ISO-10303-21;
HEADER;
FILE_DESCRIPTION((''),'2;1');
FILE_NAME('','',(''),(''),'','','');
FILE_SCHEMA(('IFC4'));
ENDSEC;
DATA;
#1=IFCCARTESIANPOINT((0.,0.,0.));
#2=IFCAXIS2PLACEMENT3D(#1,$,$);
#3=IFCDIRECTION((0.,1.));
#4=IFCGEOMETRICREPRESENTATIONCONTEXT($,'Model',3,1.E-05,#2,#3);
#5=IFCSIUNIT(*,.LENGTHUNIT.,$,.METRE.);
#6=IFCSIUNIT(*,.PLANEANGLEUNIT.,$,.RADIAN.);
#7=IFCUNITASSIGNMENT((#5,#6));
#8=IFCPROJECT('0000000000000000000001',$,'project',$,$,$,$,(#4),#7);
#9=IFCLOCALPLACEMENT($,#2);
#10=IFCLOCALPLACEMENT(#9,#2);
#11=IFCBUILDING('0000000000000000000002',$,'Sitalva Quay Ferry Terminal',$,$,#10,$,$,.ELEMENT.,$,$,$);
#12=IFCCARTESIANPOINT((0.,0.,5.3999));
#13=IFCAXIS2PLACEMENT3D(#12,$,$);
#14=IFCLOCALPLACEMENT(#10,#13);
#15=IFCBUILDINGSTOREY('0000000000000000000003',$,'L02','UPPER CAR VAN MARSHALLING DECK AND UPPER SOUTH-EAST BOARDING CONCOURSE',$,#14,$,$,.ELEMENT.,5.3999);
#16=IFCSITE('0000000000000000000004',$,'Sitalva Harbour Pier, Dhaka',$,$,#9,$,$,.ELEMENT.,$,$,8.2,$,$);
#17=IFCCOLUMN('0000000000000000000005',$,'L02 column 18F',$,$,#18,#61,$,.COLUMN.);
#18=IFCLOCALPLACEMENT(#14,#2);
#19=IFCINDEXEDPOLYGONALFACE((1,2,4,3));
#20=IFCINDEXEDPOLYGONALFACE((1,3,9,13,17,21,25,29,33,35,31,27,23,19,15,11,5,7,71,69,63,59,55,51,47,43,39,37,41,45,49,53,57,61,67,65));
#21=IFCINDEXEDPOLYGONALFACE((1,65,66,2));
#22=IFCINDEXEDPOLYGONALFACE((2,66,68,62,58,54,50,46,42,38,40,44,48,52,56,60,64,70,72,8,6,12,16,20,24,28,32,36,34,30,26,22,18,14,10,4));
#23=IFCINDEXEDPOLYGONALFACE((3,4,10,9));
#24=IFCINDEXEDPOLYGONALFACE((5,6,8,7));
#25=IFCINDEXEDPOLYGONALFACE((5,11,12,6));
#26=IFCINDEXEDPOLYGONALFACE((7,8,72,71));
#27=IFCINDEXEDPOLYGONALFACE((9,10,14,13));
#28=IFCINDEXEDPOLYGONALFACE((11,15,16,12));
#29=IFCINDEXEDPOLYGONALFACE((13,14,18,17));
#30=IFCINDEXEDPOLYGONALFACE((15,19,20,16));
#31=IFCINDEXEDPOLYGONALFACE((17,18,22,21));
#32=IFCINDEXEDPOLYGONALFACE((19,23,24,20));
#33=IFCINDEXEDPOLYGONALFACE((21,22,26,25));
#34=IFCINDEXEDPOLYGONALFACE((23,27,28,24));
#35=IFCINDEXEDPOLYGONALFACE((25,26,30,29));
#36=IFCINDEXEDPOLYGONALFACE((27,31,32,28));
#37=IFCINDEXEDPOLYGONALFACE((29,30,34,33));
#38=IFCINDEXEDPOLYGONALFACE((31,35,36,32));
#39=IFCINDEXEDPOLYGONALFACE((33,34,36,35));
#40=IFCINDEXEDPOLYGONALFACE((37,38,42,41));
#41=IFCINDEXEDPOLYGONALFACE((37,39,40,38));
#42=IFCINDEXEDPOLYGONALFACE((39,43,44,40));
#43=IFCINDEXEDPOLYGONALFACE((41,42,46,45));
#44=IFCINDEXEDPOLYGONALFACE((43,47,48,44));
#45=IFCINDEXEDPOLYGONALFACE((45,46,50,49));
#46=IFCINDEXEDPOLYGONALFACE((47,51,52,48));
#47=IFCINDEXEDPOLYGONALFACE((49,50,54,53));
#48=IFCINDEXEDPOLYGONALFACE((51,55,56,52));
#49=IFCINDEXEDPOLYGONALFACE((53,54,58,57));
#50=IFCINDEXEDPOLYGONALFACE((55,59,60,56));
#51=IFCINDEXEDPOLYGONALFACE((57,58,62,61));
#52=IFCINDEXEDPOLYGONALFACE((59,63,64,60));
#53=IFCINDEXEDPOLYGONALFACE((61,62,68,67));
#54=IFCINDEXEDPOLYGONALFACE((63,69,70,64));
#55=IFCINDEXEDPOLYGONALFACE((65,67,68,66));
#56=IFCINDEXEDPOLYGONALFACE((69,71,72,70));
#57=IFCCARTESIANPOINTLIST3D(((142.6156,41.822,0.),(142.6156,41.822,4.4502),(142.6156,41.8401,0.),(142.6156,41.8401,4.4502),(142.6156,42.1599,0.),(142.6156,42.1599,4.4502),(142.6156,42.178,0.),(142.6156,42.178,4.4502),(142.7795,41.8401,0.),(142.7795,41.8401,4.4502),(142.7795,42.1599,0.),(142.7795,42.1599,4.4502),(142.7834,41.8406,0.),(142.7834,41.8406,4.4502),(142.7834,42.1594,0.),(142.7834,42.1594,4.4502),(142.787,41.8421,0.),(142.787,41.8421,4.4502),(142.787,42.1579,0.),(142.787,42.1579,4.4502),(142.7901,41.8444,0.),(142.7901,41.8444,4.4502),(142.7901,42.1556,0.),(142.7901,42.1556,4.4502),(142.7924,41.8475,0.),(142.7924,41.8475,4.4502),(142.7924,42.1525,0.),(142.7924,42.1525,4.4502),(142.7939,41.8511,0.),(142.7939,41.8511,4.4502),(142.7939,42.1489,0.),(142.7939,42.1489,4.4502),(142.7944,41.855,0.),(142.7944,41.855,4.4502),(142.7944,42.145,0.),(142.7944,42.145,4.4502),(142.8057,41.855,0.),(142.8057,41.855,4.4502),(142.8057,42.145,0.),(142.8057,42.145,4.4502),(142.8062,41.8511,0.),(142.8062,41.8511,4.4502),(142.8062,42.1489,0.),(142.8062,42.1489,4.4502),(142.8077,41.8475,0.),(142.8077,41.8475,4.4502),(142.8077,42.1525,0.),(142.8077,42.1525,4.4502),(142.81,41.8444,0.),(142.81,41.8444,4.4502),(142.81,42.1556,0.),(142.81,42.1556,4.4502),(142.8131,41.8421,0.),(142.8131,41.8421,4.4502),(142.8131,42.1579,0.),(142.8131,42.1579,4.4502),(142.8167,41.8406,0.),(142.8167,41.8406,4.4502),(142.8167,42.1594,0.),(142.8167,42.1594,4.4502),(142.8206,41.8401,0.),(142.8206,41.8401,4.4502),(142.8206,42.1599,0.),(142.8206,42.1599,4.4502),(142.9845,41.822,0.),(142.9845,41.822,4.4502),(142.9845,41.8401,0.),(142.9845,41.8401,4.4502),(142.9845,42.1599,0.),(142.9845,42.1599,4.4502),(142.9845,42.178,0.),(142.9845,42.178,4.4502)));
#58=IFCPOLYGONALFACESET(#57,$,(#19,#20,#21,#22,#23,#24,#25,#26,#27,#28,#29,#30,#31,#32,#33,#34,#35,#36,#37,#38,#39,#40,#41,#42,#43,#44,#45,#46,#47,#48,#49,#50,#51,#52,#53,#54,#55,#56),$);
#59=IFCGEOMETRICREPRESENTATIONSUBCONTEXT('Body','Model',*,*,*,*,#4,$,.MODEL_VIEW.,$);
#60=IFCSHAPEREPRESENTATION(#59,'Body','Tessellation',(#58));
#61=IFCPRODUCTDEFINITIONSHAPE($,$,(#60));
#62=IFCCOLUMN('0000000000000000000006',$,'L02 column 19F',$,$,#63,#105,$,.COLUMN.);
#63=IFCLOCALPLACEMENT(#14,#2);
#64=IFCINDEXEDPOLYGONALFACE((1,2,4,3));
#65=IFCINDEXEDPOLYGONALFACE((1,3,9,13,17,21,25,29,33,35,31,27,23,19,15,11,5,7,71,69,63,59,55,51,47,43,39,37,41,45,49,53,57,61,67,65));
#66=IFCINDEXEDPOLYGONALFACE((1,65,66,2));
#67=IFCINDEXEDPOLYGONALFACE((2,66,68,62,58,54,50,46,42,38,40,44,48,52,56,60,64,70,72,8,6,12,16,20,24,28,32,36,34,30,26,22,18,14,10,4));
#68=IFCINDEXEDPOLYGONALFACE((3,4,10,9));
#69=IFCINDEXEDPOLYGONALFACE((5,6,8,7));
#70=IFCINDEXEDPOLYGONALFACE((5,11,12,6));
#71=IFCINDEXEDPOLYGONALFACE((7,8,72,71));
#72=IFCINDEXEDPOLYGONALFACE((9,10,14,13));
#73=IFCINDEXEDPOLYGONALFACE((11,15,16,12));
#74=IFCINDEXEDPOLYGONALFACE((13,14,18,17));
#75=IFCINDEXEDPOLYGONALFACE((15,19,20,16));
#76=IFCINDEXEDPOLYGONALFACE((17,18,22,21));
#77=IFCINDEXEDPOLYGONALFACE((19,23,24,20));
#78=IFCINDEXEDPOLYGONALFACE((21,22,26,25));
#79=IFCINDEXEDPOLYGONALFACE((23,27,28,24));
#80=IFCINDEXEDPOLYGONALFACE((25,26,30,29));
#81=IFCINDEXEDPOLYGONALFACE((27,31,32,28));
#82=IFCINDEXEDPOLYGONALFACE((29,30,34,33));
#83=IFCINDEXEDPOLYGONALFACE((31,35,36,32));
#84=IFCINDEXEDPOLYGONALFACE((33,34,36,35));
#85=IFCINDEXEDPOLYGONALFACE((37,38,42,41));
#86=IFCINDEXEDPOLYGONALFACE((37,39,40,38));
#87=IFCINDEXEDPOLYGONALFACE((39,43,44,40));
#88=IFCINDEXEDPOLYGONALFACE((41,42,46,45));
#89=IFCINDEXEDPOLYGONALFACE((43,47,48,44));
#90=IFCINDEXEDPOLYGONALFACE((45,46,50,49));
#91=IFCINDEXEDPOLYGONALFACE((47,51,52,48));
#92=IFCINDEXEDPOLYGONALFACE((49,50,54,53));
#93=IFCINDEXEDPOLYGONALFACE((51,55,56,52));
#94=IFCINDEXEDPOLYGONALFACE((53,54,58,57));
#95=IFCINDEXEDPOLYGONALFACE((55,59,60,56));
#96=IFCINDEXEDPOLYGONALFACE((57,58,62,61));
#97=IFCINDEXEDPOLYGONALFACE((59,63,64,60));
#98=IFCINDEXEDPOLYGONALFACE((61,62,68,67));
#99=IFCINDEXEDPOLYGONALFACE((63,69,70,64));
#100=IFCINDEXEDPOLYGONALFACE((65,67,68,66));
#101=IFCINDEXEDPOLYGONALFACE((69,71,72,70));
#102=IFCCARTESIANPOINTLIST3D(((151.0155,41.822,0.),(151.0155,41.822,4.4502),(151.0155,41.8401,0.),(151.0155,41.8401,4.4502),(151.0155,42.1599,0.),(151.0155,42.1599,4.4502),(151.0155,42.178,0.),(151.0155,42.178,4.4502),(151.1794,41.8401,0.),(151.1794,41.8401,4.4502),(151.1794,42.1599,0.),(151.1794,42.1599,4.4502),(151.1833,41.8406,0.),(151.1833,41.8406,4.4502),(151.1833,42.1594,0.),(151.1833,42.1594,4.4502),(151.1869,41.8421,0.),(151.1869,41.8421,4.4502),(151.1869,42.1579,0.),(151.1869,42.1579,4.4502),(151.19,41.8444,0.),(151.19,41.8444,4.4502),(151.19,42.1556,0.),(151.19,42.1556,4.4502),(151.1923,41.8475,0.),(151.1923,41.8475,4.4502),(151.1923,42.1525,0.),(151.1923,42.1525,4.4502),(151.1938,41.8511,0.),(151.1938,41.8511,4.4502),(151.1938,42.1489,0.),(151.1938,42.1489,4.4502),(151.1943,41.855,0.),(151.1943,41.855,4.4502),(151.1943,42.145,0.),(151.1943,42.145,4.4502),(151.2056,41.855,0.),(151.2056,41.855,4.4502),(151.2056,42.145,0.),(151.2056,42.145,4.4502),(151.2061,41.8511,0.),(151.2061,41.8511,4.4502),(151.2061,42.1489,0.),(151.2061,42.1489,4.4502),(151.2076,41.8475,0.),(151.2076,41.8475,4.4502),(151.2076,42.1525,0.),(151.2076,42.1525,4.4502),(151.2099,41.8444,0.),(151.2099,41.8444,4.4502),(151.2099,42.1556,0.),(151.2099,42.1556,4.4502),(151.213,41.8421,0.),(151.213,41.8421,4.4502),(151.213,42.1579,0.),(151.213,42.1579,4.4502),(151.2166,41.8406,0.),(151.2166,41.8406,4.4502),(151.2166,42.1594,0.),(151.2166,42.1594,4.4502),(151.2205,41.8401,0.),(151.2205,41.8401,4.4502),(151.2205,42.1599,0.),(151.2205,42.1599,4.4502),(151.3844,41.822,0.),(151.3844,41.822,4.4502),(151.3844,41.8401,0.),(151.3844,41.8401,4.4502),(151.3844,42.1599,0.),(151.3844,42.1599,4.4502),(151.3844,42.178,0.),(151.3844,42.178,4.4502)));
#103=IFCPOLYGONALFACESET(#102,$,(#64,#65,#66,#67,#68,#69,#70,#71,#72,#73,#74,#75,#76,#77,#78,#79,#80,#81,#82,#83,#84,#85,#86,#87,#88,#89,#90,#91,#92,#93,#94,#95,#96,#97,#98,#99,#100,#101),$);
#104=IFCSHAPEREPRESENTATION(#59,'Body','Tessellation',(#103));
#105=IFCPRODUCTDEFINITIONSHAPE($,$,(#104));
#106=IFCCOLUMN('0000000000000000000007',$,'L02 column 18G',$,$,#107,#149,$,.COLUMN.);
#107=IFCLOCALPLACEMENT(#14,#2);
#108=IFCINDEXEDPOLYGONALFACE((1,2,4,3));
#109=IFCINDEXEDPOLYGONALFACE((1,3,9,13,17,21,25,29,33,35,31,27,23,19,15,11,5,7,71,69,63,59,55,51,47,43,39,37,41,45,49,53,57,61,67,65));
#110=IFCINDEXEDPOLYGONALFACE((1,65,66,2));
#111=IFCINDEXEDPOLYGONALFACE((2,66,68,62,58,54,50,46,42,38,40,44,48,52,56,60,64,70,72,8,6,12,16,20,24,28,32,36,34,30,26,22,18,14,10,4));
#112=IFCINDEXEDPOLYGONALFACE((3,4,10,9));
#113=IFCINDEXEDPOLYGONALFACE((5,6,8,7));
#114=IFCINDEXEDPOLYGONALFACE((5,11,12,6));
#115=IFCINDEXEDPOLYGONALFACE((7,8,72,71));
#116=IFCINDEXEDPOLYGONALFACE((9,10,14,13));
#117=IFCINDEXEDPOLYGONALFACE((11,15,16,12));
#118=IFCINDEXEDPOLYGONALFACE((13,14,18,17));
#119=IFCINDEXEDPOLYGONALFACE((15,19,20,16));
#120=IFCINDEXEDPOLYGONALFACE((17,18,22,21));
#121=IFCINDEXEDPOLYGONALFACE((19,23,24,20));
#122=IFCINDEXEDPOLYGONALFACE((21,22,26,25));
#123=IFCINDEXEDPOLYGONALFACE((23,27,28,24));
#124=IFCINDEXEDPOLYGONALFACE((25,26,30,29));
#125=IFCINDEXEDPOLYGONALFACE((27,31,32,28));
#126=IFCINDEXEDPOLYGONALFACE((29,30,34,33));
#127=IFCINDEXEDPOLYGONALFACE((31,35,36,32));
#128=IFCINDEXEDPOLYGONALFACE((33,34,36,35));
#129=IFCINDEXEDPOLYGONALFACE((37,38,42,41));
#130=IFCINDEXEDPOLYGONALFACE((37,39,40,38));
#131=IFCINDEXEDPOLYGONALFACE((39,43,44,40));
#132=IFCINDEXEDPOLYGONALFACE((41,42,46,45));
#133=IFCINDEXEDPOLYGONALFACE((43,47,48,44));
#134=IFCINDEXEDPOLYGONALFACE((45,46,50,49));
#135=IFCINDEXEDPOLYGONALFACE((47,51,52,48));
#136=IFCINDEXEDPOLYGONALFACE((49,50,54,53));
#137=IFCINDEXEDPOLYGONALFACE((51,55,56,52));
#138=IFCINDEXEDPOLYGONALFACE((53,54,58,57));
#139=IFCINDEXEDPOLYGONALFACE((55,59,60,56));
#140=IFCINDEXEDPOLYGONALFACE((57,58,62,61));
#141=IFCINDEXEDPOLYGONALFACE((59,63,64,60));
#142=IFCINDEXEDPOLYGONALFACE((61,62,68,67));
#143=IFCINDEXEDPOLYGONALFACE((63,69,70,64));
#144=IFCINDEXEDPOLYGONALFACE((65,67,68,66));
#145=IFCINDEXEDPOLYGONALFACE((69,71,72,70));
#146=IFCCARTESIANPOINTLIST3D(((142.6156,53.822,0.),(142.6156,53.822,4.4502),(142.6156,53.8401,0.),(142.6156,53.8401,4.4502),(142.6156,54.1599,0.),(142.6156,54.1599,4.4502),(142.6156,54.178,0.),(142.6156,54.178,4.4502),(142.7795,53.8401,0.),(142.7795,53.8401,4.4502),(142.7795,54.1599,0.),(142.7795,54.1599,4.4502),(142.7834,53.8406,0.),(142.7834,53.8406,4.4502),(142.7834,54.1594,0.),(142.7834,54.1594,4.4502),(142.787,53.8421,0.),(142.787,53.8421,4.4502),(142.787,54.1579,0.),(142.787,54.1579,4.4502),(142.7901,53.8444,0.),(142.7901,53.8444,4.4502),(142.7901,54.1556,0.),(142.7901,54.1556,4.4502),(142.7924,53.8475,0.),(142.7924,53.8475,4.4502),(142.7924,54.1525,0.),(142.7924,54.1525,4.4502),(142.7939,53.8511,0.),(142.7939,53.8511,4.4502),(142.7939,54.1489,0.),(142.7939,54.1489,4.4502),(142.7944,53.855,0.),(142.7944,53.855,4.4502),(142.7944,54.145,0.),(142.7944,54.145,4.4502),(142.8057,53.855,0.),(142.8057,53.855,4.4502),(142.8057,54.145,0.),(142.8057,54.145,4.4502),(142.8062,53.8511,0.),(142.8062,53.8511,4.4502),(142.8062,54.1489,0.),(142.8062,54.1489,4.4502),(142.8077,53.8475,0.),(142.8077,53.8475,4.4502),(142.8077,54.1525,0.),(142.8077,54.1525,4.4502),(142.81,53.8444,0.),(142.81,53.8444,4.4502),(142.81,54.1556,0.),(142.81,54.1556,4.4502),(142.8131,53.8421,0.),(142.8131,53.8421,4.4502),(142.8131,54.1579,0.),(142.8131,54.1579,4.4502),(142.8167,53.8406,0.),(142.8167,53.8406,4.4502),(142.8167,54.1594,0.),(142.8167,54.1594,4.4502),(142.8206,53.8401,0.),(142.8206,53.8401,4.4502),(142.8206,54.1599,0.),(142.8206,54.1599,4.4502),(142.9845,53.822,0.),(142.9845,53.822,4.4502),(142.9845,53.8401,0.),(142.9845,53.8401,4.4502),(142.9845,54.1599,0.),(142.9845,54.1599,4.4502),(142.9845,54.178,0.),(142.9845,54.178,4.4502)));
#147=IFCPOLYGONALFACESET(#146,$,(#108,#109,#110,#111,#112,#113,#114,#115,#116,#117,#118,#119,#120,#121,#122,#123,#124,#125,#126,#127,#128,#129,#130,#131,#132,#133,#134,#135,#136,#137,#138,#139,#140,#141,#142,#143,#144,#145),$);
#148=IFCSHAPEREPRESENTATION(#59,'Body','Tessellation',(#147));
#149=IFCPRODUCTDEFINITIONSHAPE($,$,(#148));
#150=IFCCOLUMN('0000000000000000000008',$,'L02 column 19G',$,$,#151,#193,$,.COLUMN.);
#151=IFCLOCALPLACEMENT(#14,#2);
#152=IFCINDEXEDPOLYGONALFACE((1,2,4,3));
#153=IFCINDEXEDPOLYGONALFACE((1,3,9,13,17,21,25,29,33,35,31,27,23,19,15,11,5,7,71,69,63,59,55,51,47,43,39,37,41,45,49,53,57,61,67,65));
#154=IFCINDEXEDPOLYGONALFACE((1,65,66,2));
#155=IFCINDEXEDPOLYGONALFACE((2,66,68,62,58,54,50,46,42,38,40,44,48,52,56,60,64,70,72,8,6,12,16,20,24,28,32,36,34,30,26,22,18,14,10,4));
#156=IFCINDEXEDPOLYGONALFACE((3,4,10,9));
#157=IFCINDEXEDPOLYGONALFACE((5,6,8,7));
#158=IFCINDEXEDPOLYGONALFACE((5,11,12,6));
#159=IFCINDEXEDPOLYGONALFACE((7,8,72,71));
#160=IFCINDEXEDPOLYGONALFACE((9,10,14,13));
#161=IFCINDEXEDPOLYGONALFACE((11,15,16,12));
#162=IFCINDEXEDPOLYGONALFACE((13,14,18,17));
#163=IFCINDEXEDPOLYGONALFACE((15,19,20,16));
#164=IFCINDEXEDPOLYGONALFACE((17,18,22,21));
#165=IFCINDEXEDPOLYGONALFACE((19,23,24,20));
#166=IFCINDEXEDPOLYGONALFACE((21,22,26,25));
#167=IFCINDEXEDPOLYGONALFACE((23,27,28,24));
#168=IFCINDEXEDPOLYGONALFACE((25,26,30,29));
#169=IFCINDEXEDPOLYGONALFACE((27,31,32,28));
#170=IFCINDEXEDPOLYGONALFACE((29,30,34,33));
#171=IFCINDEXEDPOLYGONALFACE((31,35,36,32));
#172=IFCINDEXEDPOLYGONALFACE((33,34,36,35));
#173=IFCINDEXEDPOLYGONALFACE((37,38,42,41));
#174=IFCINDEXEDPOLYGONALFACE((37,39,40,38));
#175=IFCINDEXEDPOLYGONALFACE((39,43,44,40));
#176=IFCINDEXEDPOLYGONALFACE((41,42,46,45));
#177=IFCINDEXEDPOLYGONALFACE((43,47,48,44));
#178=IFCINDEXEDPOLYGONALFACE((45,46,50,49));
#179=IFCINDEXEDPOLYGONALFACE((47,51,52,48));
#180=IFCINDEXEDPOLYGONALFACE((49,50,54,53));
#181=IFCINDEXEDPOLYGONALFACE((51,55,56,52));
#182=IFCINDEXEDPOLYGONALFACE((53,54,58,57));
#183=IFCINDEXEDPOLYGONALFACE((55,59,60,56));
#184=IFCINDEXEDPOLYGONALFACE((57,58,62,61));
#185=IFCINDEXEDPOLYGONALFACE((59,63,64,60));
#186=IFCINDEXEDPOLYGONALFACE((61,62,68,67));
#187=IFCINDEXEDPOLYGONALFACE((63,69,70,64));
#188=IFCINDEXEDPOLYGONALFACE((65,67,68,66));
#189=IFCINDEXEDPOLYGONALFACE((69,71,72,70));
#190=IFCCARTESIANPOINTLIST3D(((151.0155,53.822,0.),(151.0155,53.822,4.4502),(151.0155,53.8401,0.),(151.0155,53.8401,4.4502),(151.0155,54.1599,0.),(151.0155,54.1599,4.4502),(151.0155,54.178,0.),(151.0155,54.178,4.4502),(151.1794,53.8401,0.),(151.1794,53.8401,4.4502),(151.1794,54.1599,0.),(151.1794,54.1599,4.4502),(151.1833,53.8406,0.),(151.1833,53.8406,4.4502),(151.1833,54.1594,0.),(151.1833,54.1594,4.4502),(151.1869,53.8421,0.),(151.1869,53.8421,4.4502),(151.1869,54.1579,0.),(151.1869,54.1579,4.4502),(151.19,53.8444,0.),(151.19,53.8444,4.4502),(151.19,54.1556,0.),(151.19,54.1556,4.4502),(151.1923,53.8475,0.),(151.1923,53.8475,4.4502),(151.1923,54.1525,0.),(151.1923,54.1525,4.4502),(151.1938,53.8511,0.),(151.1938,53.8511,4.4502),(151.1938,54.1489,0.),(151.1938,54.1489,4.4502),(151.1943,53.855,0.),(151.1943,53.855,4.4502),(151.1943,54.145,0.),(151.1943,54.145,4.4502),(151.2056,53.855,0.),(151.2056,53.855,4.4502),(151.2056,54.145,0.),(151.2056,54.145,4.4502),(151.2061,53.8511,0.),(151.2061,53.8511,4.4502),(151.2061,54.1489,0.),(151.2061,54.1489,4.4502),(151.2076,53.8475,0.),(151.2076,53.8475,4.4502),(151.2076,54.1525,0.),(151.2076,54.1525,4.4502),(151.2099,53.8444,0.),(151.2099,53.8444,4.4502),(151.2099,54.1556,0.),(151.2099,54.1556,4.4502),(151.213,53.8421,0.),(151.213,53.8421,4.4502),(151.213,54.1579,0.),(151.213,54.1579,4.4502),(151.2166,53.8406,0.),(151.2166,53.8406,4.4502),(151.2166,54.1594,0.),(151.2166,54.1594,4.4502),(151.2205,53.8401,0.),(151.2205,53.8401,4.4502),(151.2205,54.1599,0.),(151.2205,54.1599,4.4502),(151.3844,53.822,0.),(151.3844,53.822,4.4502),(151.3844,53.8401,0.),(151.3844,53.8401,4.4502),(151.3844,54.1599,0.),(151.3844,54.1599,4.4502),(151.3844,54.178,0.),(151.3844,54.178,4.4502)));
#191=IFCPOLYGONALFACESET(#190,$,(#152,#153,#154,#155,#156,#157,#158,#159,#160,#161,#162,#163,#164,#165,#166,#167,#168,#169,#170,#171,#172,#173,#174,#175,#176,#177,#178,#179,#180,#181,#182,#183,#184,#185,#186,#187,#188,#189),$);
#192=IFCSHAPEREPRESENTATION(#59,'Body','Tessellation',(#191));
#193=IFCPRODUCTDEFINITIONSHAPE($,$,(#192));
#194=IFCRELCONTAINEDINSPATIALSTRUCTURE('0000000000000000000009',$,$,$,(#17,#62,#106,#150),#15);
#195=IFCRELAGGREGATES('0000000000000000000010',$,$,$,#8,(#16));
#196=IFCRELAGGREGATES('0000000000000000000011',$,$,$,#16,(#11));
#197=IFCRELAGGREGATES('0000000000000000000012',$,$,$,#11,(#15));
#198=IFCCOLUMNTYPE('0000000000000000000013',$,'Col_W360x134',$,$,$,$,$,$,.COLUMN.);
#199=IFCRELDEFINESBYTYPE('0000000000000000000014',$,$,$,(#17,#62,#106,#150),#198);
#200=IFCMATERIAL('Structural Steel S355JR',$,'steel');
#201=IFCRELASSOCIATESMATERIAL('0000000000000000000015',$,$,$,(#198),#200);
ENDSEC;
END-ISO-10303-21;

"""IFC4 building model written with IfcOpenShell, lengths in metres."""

from ifc_helpers import new_model, si_unit, direction, frame, origin, origin_2d, place, context, subcontext, project, spatial, i_section, extrude, material, material_profile, profile_set, type_object, element, save


model = new_model("IFC4")

# Units and contexts
model_context = context("Model", 3, precision=1e-05, world=origin(), true_north=direction((0.0, 1.0)))
body_context = subcontext(model_context, "Body", "Model", "MODEL_VIEW")
ifc_project = project(units=[si_unit("LENGTHUNIT", "METRE"), si_unit("PLANEANGLEUNIT", "RADIAN")], contexts=[model_context])

# Site, building, storey
site_placement = place(None, origin())
site = spatial("IfcSite", under=ifc_project, at=site_placement, Name="Sitalva Harbour Pier, Dhaka", CompositionType="ELEMENT", RefElevation=8.2)
building_placement = place(site_placement, origin())
building = spatial("IfcBuilding", under=site, at=building_placement, Name="Sitalva Quay Ferry Terminal", CompositionType="ELEMENT")
storey_placement = place(building_placement, frame((0.0, 0.0, 5.3999)))
storey = spatial("IfcBuildingStorey", under=building, at=storey_placement, Name="L02", Description="UPPER CAR VAN MARSHALLING DECK AND UPPER SOUTH-EAST BOARDING CONCOURSE", CompositionType="ELEMENT", Elevation=5.3999)

# Columns
ifc_material_1 = material(Name="Structural Steel S355JR", Category="steel")
ifc_material_profile_1 = material_profile(ifc_material_1, i_section(OverallWidth=0.3689, OverallDepth=0.356, WebThickness=0.0112, FlangeThickness=0.0181, FilletRadius=0.0149, at=origin_2d()), Name="W360x134")
ifc_profile_set_1 = profile_set([ifc_material_profile_1], Name="Structural Steel S355JR")
column_type = type_object("IfcColumnType", Name="Col_W360x134", PredefinedType="COLUMN", material=ifc_profile_set_1)
for number, where, z_axis, x_axis, name in (
    (1, (142.8, 42.0, 0.0), (0.0, 0.0, 1.0), (1.0, 0.0, 0.0), "L02 column 18F"),
    (2, (151.2, 42.0, 0.0), (0.0, 0.0, 1.0), (1.0, 0.0, 0.0), "L02 column 19F"),
    (3, (142.8, 54.0, 0.0), (0.0, 0.0, 1.0), (1.0, 0.0, 0.0), "L02 column 18G"),
    (4, (151.2, 54.0, 0.0), (0.0, 0.0, 1.0), (1.0, 0.0, 0.0), "L02 column 19G"),
):
    element("IfcColumn", number, at=place(storey_placement, frame(where, z_axis=z_axis, x_axis=x_axis)), inside=storey, type_object=column_type, Name=name, PredefinedType="COLUMN", context=body_context, shape_type="SweptSolid", body=[
        extrude(i_section(OverallWidth=0.3689, OverallDepth=0.356, WebThickness=0.0112, FlangeThickness=0.0181, FilletRadius=0.0149, at=origin_2d()), origin(), (0.0, 0.0, 1.0), 4.4502),
    ])

save(model, "model.ifc")
